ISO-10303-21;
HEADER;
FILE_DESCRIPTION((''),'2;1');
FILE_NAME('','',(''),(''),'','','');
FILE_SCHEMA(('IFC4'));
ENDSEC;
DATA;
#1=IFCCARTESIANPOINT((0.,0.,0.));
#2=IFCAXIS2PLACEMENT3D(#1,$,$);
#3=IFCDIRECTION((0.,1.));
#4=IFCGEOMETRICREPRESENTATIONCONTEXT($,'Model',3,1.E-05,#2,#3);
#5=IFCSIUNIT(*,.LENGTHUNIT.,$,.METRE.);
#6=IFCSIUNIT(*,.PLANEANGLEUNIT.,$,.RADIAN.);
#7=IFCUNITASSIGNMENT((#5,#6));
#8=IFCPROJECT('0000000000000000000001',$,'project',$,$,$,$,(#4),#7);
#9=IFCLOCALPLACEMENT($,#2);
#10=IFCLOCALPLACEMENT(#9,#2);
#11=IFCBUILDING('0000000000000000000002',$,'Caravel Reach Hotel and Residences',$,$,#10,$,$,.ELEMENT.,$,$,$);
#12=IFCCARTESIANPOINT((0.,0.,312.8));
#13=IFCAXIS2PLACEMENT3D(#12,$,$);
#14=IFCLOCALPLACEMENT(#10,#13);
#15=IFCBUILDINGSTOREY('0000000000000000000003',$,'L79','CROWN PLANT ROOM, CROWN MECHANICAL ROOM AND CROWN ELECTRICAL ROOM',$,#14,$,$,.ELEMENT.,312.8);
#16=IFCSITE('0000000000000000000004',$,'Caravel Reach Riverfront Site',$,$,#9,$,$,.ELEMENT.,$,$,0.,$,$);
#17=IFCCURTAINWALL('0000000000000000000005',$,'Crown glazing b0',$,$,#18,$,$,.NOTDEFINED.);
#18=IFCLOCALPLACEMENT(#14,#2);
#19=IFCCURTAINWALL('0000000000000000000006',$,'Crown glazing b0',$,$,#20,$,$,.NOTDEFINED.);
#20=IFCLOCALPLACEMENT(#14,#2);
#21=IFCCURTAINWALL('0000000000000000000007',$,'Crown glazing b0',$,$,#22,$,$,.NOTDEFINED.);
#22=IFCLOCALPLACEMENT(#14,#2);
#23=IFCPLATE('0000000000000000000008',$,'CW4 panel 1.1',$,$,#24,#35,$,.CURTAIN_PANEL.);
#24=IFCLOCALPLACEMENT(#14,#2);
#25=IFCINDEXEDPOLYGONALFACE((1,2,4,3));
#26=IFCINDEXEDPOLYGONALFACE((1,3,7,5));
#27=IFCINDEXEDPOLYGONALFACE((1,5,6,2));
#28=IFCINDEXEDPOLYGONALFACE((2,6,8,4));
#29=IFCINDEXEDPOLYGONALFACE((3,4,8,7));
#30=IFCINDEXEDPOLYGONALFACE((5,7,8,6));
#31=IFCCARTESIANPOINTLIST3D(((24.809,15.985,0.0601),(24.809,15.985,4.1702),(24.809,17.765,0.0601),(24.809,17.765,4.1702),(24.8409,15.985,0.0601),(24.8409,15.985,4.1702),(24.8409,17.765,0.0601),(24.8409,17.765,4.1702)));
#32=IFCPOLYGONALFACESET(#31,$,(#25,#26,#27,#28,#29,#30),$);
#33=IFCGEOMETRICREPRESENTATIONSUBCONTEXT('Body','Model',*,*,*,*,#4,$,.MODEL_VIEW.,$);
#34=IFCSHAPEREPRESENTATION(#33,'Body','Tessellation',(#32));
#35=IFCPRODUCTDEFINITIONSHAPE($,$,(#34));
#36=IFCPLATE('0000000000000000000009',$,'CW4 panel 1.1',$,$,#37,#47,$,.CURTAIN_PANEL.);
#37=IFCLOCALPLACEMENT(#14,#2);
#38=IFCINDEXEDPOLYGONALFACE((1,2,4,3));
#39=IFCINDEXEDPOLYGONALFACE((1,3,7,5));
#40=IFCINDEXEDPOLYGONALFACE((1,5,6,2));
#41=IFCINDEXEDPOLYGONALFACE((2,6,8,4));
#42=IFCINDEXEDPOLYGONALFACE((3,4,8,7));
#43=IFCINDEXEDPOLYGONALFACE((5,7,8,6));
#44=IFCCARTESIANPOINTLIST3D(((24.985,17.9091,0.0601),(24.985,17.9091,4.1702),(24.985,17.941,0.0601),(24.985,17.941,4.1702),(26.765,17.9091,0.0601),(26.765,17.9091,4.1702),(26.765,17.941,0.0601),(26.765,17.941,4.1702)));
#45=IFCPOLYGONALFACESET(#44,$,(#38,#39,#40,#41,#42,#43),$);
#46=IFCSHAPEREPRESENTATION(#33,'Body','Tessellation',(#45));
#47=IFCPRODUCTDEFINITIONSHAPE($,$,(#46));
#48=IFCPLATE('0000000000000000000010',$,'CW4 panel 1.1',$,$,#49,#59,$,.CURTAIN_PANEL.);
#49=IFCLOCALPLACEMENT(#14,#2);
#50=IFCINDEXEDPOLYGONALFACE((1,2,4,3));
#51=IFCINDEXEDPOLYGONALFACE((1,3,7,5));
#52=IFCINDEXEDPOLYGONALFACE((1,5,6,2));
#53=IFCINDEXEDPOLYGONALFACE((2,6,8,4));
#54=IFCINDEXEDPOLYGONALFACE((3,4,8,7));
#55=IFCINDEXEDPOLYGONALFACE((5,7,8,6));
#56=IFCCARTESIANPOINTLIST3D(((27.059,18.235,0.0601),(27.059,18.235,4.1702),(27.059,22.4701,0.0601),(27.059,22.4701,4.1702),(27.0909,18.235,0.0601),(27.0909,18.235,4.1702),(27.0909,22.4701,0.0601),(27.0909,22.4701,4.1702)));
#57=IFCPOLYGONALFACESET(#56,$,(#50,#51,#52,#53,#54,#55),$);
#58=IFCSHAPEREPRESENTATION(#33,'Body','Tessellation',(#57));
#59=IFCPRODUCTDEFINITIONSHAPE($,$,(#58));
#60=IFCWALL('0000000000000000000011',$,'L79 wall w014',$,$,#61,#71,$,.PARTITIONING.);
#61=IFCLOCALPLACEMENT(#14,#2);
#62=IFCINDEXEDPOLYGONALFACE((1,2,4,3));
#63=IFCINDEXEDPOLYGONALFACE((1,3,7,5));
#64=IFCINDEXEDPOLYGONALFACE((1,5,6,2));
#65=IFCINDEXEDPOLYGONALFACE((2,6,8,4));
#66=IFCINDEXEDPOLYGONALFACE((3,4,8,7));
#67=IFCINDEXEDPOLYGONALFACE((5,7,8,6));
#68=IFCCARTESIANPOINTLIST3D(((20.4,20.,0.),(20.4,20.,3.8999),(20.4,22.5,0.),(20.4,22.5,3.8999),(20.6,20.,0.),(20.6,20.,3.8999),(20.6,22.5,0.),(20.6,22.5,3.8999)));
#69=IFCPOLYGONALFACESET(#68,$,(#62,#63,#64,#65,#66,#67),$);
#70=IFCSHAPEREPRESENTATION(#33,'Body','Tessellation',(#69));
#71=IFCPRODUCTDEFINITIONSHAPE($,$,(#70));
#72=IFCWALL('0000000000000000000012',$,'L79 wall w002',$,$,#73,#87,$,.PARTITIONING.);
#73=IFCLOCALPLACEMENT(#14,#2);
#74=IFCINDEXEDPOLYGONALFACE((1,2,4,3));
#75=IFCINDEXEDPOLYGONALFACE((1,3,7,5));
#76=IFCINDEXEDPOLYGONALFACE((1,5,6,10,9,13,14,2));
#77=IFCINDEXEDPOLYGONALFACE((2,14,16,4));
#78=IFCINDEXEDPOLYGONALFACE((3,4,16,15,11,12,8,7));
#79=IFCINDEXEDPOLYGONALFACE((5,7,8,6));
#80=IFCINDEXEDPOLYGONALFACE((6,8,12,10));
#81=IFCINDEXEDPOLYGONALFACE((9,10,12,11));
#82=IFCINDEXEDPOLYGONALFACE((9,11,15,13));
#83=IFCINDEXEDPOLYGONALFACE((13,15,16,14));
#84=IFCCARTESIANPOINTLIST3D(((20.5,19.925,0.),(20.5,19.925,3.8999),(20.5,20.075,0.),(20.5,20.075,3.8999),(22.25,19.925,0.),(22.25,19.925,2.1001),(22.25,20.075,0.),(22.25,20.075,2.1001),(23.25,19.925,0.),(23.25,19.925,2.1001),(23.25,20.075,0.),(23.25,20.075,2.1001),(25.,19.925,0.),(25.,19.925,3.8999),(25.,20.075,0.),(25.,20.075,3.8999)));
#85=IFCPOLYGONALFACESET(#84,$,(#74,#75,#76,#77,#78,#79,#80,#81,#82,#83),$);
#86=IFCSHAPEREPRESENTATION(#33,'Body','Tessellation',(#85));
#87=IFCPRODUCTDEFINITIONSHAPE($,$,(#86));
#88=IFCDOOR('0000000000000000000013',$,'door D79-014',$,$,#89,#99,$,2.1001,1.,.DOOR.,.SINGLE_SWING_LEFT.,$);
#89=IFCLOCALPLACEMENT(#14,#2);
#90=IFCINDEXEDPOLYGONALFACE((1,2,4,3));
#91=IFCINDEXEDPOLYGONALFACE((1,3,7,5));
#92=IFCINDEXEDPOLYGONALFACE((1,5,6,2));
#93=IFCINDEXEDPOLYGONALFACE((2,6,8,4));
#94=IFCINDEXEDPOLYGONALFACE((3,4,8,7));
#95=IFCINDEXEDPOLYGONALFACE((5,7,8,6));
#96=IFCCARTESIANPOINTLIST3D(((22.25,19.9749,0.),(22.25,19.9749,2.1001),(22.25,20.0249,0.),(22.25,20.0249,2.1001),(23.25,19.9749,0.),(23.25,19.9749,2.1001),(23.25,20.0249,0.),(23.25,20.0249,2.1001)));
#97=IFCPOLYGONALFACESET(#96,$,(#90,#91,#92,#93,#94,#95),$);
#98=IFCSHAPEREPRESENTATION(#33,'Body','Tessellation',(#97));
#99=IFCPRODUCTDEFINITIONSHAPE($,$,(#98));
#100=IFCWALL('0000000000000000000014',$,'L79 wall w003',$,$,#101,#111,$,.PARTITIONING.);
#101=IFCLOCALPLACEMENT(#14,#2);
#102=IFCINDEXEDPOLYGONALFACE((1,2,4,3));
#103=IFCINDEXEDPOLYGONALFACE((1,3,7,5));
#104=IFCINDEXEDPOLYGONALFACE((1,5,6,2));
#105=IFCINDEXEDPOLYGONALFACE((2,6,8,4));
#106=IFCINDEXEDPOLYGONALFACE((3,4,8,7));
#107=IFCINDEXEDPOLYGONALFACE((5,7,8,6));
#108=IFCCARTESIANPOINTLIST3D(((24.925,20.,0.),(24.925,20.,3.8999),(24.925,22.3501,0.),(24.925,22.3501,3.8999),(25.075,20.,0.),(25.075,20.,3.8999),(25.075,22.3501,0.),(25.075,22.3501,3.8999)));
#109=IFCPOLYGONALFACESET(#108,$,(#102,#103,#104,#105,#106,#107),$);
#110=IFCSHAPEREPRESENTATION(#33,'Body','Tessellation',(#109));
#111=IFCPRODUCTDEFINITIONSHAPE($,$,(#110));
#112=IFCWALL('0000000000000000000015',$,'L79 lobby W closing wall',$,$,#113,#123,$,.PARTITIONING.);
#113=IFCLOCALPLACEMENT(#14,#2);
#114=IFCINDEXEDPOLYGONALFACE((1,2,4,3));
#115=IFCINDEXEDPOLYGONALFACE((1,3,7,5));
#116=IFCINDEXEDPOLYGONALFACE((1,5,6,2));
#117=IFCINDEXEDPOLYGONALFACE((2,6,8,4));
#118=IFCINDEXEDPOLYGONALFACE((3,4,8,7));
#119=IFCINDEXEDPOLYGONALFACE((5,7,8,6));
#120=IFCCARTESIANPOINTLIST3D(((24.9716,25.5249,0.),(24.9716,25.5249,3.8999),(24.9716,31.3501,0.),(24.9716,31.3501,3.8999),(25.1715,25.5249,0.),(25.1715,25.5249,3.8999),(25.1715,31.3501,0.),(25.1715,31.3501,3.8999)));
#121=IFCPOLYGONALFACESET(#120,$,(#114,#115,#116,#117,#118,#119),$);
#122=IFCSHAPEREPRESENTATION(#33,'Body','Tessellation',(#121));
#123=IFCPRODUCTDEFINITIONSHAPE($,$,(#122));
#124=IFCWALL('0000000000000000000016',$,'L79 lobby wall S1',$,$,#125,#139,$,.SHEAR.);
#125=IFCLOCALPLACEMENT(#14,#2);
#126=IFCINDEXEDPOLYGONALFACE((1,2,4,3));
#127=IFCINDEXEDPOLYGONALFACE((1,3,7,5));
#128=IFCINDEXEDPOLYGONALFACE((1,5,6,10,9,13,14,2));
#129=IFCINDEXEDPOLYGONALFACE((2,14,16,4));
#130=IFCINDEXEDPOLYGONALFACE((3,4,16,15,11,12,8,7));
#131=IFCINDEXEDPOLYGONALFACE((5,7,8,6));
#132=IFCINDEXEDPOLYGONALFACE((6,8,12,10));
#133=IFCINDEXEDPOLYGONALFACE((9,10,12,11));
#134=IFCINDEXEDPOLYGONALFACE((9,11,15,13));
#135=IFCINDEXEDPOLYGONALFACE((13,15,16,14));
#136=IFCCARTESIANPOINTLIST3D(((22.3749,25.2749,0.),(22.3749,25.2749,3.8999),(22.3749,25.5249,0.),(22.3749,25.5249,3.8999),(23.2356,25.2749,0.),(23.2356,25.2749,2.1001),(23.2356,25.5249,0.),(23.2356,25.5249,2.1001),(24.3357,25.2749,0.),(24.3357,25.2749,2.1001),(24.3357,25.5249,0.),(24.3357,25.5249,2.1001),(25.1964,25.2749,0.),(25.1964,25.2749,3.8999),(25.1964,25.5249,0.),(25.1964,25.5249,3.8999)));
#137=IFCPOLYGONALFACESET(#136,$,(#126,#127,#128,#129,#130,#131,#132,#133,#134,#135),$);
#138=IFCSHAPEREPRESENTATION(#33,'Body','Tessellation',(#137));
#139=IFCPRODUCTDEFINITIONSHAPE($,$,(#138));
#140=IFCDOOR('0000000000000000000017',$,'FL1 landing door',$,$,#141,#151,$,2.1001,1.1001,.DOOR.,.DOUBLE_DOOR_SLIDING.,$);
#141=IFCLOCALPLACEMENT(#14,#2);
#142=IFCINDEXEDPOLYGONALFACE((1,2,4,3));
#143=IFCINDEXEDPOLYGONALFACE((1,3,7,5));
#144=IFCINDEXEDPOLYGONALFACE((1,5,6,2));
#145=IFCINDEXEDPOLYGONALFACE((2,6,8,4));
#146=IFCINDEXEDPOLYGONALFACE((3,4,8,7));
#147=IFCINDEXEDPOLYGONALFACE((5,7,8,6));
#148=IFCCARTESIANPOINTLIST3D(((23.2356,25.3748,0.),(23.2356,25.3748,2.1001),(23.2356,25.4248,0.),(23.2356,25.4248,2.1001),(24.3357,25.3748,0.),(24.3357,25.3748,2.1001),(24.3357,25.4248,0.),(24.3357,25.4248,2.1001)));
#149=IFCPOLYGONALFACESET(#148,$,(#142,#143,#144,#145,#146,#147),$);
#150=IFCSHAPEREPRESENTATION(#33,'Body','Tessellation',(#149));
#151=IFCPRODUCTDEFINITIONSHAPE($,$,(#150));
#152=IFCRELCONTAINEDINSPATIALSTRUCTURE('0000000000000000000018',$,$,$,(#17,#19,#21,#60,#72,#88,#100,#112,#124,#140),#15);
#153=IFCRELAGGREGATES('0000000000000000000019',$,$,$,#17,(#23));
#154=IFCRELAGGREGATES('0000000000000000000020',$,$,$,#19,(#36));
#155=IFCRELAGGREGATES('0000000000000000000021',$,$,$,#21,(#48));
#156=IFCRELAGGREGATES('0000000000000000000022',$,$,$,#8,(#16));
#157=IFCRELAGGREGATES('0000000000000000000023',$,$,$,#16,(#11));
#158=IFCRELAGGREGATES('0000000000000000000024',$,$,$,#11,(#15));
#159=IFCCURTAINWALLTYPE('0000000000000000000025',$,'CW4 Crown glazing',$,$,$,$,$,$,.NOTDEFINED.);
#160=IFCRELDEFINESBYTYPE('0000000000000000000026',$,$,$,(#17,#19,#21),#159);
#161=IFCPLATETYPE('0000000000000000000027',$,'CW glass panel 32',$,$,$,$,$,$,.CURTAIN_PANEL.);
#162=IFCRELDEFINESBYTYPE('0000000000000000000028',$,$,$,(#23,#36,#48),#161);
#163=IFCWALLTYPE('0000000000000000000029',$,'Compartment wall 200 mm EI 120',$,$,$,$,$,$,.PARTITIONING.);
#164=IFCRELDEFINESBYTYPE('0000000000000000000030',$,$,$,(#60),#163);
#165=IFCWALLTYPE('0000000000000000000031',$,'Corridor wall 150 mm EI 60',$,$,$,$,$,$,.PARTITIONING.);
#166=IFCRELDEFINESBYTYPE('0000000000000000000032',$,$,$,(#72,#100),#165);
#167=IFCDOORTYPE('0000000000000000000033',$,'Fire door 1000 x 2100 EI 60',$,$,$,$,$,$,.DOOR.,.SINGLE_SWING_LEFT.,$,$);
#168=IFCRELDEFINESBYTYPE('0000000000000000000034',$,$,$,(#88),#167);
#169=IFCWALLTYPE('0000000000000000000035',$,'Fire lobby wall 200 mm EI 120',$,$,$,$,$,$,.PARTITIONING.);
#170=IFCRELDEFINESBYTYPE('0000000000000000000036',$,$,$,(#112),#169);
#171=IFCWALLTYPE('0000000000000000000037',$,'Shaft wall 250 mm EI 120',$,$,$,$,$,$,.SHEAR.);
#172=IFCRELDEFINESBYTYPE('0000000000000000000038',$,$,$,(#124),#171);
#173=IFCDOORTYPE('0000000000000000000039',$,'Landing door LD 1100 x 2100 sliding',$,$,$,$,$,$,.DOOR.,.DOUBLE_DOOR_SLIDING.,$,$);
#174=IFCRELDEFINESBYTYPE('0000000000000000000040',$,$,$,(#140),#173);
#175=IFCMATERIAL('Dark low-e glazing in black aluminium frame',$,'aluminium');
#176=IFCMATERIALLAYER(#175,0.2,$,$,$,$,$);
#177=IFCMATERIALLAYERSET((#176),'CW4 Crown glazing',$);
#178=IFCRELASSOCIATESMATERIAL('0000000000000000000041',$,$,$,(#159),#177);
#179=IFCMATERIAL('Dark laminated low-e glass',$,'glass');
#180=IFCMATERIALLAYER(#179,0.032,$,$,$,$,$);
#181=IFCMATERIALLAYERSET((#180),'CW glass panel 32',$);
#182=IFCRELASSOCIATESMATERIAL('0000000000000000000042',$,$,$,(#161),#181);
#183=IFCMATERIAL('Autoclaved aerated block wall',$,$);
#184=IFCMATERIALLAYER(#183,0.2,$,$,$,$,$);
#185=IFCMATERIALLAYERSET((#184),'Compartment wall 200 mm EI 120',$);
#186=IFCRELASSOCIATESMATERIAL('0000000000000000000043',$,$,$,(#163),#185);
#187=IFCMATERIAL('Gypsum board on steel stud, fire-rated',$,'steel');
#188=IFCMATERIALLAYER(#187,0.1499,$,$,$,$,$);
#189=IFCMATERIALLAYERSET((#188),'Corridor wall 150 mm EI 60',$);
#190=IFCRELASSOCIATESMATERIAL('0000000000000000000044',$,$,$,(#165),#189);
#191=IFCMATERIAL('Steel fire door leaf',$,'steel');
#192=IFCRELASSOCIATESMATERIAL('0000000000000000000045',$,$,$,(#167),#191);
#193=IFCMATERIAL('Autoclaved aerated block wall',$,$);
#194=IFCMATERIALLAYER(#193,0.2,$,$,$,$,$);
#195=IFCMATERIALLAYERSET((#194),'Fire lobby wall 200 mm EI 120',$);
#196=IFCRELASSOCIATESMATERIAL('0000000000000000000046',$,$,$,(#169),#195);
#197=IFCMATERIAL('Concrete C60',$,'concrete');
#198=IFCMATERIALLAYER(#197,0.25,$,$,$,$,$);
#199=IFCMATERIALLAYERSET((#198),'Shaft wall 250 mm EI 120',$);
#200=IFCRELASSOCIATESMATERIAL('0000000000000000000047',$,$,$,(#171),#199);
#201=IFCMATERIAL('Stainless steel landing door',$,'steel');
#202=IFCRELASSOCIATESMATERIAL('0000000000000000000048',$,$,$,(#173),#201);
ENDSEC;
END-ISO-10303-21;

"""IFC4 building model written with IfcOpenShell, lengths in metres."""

from ifc_helpers import new_model, si_unit, direction, frame, frame_2d, origin, origin_2d, place, context, subcontext, project, spatial, rectangle, extrude, material, layer, layer_set, type_object, element, fill, aggregate, save


model = new_model("IFC4")

# Units and contexts
model_context = context("Model", 3, precision=1e-05, world=origin(), true_north=direction((0.0, 1.0)))
body_context = subcontext(model_context, "Body", "Model", "MODEL_VIEW")
ifc_project = project(units=[si_unit("LENGTHUNIT", "METRE"), si_unit("PLANEANGLEUNIT", "RADIAN")], contexts=[model_context])

# Site, building, storey
site_placement = place(None, origin())
site = spatial("IfcSite", under=ifc_project, at=site_placement, Name="Caravel Reach Riverfront Site", CompositionType="ELEMENT", RefElevation=0.0)
building_placement = place(site_placement, origin())
building = spatial("IfcBuilding", under=site, at=building_placement, Name="Caravel Reach Hotel and Residences", CompositionType="ELEMENT")
storey_placement = place(building_placement, frame((0.0, 0.0, 312.8)))
storey = spatial("IfcBuildingStorey", under=building, at=storey_placement, Name="L79", Description="CROWN PLANT ROOM, CROWN MECHANICAL ROOM AND CROWN ELECTRICAL ROOM", CompositionType="ELEMENT", Elevation=312.8)

# Curtain walls
ifc_material_1 = material(Name="Dark low-e glazing in black aluminium frame", Category="aluminium")
ifc_layer_1 = layer(ifc_material_1, 0.2)
ifc_layer_set_1 = layer_set([ifc_layer_1], Name="CW4 Crown glazing")
curtain_wall_type = type_object("IfcCurtainWallType", Name="CW4 Crown glazing", PredefinedType="NOTDEFINED", material=ifc_layer_set_1)
curtain_wall_1_placement = place(storey_placement, origin())
curtain_wall_1 = element("IfcCurtainWall", 1, at=curtain_wall_1_placement, inside=storey, type_object=curtain_wall_type, Name="Crown glazing b0", PredefinedType="NOTDEFINED")
curtain_wall_2_placement = place(storey_placement, origin())
curtain_wall_2 = element("IfcCurtainWall", 2, at=curtain_wall_2_placement, inside=storey, type_object=curtain_wall_type, Name="Crown glazing b0", PredefinedType="NOTDEFINED")
curtain_wall_3_placement = place(storey_placement, origin())
curtain_wall_3 = element("IfcCurtainWall", 3, at=curtain_wall_3_placement, inside=storey, type_object=curtain_wall_type, Name="Crown glazing b0", PredefinedType="NOTDEFINED")

# Plates
ifc_material_2 = material(Name="Dark laminated low-e glass", Category="glass")
ifc_layer_2 = layer(ifc_material_2, 0.032)
ifc_layer_set_2 = layer_set([ifc_layer_2], Name="CW glass panel 32")
plate_type = type_object("IfcPlateType", Name="CW glass panel 32", PredefinedType="CURTAIN_PANEL", material=ifc_layer_set_2)
plate_1_placement = place(storey_placement, frame((24.825, 16.875, 0.0601), z_axis=(0.0, 0.0, 1.0), x_axis=(0.0, 1.0, 0.0)))
plate_1 = element("IfcPlate", 4, at=plate_1_placement, type_object=plate_type, Name="CW4 panel 1.1", PredefinedType="CURTAIN_PANEL", context=body_context, shape_type="SweptSolid", body=[
    extrude(rectangle(XDim=1.78, YDim=0.032, at=origin_2d()), origin(), (0.0, 0.0, 1.0), 4.1101),
])
aggregate(curtain_wall_1, [plate_1])
plate_2_placement = place(storey_placement, frame((25.875, 17.925, 0.0601), z_axis=(0.0, 0.0, 1.0), x_axis=(1.0, 0.0, 0.0)))
plate_2 = element("IfcPlate", 5, at=plate_2_placement, type_object=plate_type, Name="CW4 panel 1.1", PredefinedType="CURTAIN_PANEL", context=body_context, shape_type="SweptSolid", body=[
    extrude(rectangle(XDim=1.78, YDim=0.032, at=origin_2d()), origin(), (0.0, 0.0, 1.0), 4.1101),
])
aggregate(curtain_wall_2, [plate_2])
plate_3_placement = place(storey_placement, frame((27.075, 20.3525, 0.0601), z_axis=(0.0, 0.0, 1.0), x_axis=(0.0, 1.0, 0.0)))
plate_3 = element("IfcPlate", 6, at=plate_3_placement, type_object=plate_type, Name="CW4 panel 1.1", PredefinedType="CURTAIN_PANEL", context=body_context, shape_type="SweptSolid", body=[
    extrude(rectangle(XDim=4.2351, YDim=0.032, at=origin_2d()), origin(), (0.0, 0.0, 1.0), 4.1101),
])
aggregate(curtain_wall_3, [plate_3])

# Wall
ifc_material_3 = material(Name="Autoclaved aerated block wall")
ifc_layer_3 = layer(ifc_material_3, 0.2)
ifc_layer_set_3 = layer_set([ifc_layer_3], Name="Compartment wall 200 mm EI 120")
wall_type_1 = type_object("IfcWallType", Name="Compartment wall 200 mm EI 120", PredefinedType="PARTITIONING", material=ifc_layer_set_3)
wall_1_placement = place(storey_placement, frame((20.5, 20.0, 0.0), z_axis=(0.0, 0.0, 1.0), x_axis=(0.0, 1.0, 0.0)))
element("IfcWall", 7, at=wall_1_placement, inside=storey, type_object=wall_type_1, Name="L79 wall w014", PredefinedType="PARTITIONING", context=body_context, shape_type="SweptSolid", body=[
    extrude(rectangle(XDim=2.5, YDim=0.2, at=frame_2d((1.25, 0.0))), origin(), (0.0, 0.0, 1.0), 3.8999),
])

# Wall, opening, door
ifc_material_4 = material(Name="Gypsum board on steel stud, fire-rated", Category="steel")
ifc_layer_4 = layer(ifc_material_4, 0.1499)
ifc_layer_set_4 = layer_set([ifc_layer_4], Name="Corridor wall 150 mm EI 60")
wall_type_2 = type_object("IfcWallType", Name="Corridor wall 150 mm EI 60", PredefinedType="PARTITIONING", material=ifc_layer_set_4)
wall_2_placement = place(storey_placement, frame((20.5, 20.0, 0.0), z_axis=(0.0, 0.0, 1.0), x_axis=(1.0, 0.0, 0.0)))
wall_2 = element("IfcWall", 8, at=wall_2_placement, inside=storey, type_object=wall_type_2, Name="L79 wall w002", PredefinedType="PARTITIONING", context=body_context, shape_type="SweptSolid", body=[
    extrude(rectangle(XDim=4.5, YDim=0.1499, at=frame_2d((2.25, 0.0))), origin(), (0.0, 0.0, 1.0), 3.8999),
])
opening_1_placement = place(wall_2_placement, frame((1.75, 0.0, 0.0)))
opening_1 = element("IfcOpeningElement", 9, at=opening_1_placement, cuts=wall_2, PredefinedType="OPENING", context=body_context, shape_type="SweptSolid", body=[
    extrude(rectangle(XDim=1.0, YDim=2.1001, at=frame_2d((0.5, 1.05))), frame((0.0, 0.085, 0.0), z_axis=(0.0, -1.0, 0.0), x_axis=(1.0, 0.0, 0.0)), (0.0, 0.0, 1.0), 0.1699),
])
ifc_material_5 = material(Name="Steel fire door leaf", Category="steel")
door_type_1 = type_object("IfcDoorType", Name="Fire door 1000 x 2100 EI 60", OperationType="SINGLE_SWING_LEFT", PredefinedType="DOOR", material=ifc_material_5)
door_1_placement = place(opening_1_placement, origin())
door_1 = element("IfcDoor", 10, at=door_1_placement, inside=storey, type_object=door_type_1, Name="door D79-014", OperationType="SINGLE_SWING_LEFT", OverallHeight=2.1001, OverallWidth=1.0, PredefinedType="DOOR", context=body_context, shape_type="SweptSolid", body=[
    extrude(rectangle(XDim=1.0, YDim=2.1001, at=frame_2d((0.5, 1.05))), frame((0.0, 0.0249, 0.0), z_axis=(0.0, -1.0, 0.0), x_axis=(1.0, 0.0, 0.0)), (0.0, 0.0, 1.0), 0.05),
])
fill(opening_1, door_1)

# Walls
wall_3_placement = place(storey_placement, frame((25.0, 20.0, 0.0), z_axis=(0.0, 0.0, 1.0), x_axis=(0.0, 1.0, 0.0)))
element("IfcWall", 11, at=wall_3_placement, inside=storey, type_object=wall_type_2, Name="L79 wall w003", PredefinedType="PARTITIONING", context=body_context, shape_type="SweptSolid", body=[
    extrude(rectangle(XDim=2.3501, YDim=0.1499, at=frame_2d((1.175, 0.0))), origin(), (0.0, 0.0, 1.0), 3.8999),
])
ifc_material_6 = material(Name="Autoclaved aerated block wall")
ifc_layer_5 = layer(ifc_material_6, 0.2)
ifc_layer_set_5 = layer_set([ifc_layer_5], Name="Fire lobby wall 200 mm EI 120")
wall_type_3 = type_object("IfcWallType", Name="Fire lobby wall 200 mm EI 120", PredefinedType="PARTITIONING", material=ifc_layer_set_5)
wall_4_placement = place(storey_placement, frame((25.0715, 25.5249, 0.0), z_axis=(0.0, 0.0, 1.0), x_axis=(0.0, 1.0, 0.0)))
element("IfcWall", 12, at=wall_4_placement, inside=storey, type_object=wall_type_3, Name="L79 lobby W closing wall", PredefinedType="PARTITIONING", context=body_context, shape_type="SweptSolid", body=[
    extrude(rectangle(XDim=5.8252, YDim=0.2, at=frame_2d((2.9126, 0.0))), origin(), (0.0, 0.0, 1.0), 3.8999),
])

# Wall, opening, door
ifc_material_7 = material(Name="Concrete C60", Category="concrete")
ifc_layer_6 = layer(ifc_material_7, 0.25)
ifc_layer_set_6 = layer_set([ifc_layer_6], Name="Shaft wall 250 mm EI 120")
wall_type_4 = type_object("IfcWallType", Name="Shaft wall 250 mm EI 120", PredefinedType="SHEAR", material=ifc_layer_set_6)
wall_5_placement = place(storey_placement, frame((22.375, 25.3999, 0.0), z_axis=(0.0, 0.0, 1.0), x_axis=(1.0, 0.0, 0.0)))
wall_5 = element("IfcWall", 13, at=wall_5_placement, inside=storey, type_object=wall_type_4, Name="L79 lobby wall S1", PredefinedType="SHEAR", context=body_context, shape_type="SweptSolid", body=[
    extrude(rectangle(XDim=2.8215, YDim=0.25, at=frame_2d((1.4106, 0.0))), origin(), (0.0, 0.0, 1.0), 3.8999),
])
opening_2_placement = place(wall_5_placement, frame((0.8606, 0.0, 0.0)))
opening_2 = element("IfcOpeningElement", 14, at=opening_2_placement, cuts=wall_5, PredefinedType="OPENING", context=body_context, shape_type="SweptSolid", body=[
    extrude(rectangle(XDim=1.1001, YDim=2.1001, at=frame_2d((0.55, 1.05))), frame((0.0, 0.135, 0.0), z_axis=(0.0, -1.0, 0.0), x_axis=(1.0, 0.0, 0.0)), (0.0, 0.0, 1.0), 0.27),
])
ifc_material_8 = material(Name="Stainless steel landing door", Category="steel")
door_type_2 = type_object("IfcDoorType", Name="Landing door LD 1100 x 2100 sliding", OperationType="DOUBLE_DOOR_SLIDING", PredefinedType="DOOR", material=ifc_material_8)
door_2_placement = place(opening_2_placement, origin())
door_2 = element("IfcDoor", 15, at=door_2_placement, inside=storey, type_object=door_type_2, Name="FL1 landing door", OperationType="DOUBLE_DOOR_SLIDING", OverallHeight=2.1001, OverallWidth=1.1001, PredefinedType="DOOR", context=body_context, shape_type="SweptSolid", body=[
    extrude(rectangle(XDim=1.1001, YDim=2.1001, at=frame_2d((0.55, 1.05))), frame((0.0, 0.0249, 0.0), z_axis=(0.0, -1.0, 0.0), x_axis=(1.0, 0.0, 0.0)), (0.0, 0.0, 1.0), 0.05),
])
fill(opening_2, door_2)

save(model, "model.ifc")
